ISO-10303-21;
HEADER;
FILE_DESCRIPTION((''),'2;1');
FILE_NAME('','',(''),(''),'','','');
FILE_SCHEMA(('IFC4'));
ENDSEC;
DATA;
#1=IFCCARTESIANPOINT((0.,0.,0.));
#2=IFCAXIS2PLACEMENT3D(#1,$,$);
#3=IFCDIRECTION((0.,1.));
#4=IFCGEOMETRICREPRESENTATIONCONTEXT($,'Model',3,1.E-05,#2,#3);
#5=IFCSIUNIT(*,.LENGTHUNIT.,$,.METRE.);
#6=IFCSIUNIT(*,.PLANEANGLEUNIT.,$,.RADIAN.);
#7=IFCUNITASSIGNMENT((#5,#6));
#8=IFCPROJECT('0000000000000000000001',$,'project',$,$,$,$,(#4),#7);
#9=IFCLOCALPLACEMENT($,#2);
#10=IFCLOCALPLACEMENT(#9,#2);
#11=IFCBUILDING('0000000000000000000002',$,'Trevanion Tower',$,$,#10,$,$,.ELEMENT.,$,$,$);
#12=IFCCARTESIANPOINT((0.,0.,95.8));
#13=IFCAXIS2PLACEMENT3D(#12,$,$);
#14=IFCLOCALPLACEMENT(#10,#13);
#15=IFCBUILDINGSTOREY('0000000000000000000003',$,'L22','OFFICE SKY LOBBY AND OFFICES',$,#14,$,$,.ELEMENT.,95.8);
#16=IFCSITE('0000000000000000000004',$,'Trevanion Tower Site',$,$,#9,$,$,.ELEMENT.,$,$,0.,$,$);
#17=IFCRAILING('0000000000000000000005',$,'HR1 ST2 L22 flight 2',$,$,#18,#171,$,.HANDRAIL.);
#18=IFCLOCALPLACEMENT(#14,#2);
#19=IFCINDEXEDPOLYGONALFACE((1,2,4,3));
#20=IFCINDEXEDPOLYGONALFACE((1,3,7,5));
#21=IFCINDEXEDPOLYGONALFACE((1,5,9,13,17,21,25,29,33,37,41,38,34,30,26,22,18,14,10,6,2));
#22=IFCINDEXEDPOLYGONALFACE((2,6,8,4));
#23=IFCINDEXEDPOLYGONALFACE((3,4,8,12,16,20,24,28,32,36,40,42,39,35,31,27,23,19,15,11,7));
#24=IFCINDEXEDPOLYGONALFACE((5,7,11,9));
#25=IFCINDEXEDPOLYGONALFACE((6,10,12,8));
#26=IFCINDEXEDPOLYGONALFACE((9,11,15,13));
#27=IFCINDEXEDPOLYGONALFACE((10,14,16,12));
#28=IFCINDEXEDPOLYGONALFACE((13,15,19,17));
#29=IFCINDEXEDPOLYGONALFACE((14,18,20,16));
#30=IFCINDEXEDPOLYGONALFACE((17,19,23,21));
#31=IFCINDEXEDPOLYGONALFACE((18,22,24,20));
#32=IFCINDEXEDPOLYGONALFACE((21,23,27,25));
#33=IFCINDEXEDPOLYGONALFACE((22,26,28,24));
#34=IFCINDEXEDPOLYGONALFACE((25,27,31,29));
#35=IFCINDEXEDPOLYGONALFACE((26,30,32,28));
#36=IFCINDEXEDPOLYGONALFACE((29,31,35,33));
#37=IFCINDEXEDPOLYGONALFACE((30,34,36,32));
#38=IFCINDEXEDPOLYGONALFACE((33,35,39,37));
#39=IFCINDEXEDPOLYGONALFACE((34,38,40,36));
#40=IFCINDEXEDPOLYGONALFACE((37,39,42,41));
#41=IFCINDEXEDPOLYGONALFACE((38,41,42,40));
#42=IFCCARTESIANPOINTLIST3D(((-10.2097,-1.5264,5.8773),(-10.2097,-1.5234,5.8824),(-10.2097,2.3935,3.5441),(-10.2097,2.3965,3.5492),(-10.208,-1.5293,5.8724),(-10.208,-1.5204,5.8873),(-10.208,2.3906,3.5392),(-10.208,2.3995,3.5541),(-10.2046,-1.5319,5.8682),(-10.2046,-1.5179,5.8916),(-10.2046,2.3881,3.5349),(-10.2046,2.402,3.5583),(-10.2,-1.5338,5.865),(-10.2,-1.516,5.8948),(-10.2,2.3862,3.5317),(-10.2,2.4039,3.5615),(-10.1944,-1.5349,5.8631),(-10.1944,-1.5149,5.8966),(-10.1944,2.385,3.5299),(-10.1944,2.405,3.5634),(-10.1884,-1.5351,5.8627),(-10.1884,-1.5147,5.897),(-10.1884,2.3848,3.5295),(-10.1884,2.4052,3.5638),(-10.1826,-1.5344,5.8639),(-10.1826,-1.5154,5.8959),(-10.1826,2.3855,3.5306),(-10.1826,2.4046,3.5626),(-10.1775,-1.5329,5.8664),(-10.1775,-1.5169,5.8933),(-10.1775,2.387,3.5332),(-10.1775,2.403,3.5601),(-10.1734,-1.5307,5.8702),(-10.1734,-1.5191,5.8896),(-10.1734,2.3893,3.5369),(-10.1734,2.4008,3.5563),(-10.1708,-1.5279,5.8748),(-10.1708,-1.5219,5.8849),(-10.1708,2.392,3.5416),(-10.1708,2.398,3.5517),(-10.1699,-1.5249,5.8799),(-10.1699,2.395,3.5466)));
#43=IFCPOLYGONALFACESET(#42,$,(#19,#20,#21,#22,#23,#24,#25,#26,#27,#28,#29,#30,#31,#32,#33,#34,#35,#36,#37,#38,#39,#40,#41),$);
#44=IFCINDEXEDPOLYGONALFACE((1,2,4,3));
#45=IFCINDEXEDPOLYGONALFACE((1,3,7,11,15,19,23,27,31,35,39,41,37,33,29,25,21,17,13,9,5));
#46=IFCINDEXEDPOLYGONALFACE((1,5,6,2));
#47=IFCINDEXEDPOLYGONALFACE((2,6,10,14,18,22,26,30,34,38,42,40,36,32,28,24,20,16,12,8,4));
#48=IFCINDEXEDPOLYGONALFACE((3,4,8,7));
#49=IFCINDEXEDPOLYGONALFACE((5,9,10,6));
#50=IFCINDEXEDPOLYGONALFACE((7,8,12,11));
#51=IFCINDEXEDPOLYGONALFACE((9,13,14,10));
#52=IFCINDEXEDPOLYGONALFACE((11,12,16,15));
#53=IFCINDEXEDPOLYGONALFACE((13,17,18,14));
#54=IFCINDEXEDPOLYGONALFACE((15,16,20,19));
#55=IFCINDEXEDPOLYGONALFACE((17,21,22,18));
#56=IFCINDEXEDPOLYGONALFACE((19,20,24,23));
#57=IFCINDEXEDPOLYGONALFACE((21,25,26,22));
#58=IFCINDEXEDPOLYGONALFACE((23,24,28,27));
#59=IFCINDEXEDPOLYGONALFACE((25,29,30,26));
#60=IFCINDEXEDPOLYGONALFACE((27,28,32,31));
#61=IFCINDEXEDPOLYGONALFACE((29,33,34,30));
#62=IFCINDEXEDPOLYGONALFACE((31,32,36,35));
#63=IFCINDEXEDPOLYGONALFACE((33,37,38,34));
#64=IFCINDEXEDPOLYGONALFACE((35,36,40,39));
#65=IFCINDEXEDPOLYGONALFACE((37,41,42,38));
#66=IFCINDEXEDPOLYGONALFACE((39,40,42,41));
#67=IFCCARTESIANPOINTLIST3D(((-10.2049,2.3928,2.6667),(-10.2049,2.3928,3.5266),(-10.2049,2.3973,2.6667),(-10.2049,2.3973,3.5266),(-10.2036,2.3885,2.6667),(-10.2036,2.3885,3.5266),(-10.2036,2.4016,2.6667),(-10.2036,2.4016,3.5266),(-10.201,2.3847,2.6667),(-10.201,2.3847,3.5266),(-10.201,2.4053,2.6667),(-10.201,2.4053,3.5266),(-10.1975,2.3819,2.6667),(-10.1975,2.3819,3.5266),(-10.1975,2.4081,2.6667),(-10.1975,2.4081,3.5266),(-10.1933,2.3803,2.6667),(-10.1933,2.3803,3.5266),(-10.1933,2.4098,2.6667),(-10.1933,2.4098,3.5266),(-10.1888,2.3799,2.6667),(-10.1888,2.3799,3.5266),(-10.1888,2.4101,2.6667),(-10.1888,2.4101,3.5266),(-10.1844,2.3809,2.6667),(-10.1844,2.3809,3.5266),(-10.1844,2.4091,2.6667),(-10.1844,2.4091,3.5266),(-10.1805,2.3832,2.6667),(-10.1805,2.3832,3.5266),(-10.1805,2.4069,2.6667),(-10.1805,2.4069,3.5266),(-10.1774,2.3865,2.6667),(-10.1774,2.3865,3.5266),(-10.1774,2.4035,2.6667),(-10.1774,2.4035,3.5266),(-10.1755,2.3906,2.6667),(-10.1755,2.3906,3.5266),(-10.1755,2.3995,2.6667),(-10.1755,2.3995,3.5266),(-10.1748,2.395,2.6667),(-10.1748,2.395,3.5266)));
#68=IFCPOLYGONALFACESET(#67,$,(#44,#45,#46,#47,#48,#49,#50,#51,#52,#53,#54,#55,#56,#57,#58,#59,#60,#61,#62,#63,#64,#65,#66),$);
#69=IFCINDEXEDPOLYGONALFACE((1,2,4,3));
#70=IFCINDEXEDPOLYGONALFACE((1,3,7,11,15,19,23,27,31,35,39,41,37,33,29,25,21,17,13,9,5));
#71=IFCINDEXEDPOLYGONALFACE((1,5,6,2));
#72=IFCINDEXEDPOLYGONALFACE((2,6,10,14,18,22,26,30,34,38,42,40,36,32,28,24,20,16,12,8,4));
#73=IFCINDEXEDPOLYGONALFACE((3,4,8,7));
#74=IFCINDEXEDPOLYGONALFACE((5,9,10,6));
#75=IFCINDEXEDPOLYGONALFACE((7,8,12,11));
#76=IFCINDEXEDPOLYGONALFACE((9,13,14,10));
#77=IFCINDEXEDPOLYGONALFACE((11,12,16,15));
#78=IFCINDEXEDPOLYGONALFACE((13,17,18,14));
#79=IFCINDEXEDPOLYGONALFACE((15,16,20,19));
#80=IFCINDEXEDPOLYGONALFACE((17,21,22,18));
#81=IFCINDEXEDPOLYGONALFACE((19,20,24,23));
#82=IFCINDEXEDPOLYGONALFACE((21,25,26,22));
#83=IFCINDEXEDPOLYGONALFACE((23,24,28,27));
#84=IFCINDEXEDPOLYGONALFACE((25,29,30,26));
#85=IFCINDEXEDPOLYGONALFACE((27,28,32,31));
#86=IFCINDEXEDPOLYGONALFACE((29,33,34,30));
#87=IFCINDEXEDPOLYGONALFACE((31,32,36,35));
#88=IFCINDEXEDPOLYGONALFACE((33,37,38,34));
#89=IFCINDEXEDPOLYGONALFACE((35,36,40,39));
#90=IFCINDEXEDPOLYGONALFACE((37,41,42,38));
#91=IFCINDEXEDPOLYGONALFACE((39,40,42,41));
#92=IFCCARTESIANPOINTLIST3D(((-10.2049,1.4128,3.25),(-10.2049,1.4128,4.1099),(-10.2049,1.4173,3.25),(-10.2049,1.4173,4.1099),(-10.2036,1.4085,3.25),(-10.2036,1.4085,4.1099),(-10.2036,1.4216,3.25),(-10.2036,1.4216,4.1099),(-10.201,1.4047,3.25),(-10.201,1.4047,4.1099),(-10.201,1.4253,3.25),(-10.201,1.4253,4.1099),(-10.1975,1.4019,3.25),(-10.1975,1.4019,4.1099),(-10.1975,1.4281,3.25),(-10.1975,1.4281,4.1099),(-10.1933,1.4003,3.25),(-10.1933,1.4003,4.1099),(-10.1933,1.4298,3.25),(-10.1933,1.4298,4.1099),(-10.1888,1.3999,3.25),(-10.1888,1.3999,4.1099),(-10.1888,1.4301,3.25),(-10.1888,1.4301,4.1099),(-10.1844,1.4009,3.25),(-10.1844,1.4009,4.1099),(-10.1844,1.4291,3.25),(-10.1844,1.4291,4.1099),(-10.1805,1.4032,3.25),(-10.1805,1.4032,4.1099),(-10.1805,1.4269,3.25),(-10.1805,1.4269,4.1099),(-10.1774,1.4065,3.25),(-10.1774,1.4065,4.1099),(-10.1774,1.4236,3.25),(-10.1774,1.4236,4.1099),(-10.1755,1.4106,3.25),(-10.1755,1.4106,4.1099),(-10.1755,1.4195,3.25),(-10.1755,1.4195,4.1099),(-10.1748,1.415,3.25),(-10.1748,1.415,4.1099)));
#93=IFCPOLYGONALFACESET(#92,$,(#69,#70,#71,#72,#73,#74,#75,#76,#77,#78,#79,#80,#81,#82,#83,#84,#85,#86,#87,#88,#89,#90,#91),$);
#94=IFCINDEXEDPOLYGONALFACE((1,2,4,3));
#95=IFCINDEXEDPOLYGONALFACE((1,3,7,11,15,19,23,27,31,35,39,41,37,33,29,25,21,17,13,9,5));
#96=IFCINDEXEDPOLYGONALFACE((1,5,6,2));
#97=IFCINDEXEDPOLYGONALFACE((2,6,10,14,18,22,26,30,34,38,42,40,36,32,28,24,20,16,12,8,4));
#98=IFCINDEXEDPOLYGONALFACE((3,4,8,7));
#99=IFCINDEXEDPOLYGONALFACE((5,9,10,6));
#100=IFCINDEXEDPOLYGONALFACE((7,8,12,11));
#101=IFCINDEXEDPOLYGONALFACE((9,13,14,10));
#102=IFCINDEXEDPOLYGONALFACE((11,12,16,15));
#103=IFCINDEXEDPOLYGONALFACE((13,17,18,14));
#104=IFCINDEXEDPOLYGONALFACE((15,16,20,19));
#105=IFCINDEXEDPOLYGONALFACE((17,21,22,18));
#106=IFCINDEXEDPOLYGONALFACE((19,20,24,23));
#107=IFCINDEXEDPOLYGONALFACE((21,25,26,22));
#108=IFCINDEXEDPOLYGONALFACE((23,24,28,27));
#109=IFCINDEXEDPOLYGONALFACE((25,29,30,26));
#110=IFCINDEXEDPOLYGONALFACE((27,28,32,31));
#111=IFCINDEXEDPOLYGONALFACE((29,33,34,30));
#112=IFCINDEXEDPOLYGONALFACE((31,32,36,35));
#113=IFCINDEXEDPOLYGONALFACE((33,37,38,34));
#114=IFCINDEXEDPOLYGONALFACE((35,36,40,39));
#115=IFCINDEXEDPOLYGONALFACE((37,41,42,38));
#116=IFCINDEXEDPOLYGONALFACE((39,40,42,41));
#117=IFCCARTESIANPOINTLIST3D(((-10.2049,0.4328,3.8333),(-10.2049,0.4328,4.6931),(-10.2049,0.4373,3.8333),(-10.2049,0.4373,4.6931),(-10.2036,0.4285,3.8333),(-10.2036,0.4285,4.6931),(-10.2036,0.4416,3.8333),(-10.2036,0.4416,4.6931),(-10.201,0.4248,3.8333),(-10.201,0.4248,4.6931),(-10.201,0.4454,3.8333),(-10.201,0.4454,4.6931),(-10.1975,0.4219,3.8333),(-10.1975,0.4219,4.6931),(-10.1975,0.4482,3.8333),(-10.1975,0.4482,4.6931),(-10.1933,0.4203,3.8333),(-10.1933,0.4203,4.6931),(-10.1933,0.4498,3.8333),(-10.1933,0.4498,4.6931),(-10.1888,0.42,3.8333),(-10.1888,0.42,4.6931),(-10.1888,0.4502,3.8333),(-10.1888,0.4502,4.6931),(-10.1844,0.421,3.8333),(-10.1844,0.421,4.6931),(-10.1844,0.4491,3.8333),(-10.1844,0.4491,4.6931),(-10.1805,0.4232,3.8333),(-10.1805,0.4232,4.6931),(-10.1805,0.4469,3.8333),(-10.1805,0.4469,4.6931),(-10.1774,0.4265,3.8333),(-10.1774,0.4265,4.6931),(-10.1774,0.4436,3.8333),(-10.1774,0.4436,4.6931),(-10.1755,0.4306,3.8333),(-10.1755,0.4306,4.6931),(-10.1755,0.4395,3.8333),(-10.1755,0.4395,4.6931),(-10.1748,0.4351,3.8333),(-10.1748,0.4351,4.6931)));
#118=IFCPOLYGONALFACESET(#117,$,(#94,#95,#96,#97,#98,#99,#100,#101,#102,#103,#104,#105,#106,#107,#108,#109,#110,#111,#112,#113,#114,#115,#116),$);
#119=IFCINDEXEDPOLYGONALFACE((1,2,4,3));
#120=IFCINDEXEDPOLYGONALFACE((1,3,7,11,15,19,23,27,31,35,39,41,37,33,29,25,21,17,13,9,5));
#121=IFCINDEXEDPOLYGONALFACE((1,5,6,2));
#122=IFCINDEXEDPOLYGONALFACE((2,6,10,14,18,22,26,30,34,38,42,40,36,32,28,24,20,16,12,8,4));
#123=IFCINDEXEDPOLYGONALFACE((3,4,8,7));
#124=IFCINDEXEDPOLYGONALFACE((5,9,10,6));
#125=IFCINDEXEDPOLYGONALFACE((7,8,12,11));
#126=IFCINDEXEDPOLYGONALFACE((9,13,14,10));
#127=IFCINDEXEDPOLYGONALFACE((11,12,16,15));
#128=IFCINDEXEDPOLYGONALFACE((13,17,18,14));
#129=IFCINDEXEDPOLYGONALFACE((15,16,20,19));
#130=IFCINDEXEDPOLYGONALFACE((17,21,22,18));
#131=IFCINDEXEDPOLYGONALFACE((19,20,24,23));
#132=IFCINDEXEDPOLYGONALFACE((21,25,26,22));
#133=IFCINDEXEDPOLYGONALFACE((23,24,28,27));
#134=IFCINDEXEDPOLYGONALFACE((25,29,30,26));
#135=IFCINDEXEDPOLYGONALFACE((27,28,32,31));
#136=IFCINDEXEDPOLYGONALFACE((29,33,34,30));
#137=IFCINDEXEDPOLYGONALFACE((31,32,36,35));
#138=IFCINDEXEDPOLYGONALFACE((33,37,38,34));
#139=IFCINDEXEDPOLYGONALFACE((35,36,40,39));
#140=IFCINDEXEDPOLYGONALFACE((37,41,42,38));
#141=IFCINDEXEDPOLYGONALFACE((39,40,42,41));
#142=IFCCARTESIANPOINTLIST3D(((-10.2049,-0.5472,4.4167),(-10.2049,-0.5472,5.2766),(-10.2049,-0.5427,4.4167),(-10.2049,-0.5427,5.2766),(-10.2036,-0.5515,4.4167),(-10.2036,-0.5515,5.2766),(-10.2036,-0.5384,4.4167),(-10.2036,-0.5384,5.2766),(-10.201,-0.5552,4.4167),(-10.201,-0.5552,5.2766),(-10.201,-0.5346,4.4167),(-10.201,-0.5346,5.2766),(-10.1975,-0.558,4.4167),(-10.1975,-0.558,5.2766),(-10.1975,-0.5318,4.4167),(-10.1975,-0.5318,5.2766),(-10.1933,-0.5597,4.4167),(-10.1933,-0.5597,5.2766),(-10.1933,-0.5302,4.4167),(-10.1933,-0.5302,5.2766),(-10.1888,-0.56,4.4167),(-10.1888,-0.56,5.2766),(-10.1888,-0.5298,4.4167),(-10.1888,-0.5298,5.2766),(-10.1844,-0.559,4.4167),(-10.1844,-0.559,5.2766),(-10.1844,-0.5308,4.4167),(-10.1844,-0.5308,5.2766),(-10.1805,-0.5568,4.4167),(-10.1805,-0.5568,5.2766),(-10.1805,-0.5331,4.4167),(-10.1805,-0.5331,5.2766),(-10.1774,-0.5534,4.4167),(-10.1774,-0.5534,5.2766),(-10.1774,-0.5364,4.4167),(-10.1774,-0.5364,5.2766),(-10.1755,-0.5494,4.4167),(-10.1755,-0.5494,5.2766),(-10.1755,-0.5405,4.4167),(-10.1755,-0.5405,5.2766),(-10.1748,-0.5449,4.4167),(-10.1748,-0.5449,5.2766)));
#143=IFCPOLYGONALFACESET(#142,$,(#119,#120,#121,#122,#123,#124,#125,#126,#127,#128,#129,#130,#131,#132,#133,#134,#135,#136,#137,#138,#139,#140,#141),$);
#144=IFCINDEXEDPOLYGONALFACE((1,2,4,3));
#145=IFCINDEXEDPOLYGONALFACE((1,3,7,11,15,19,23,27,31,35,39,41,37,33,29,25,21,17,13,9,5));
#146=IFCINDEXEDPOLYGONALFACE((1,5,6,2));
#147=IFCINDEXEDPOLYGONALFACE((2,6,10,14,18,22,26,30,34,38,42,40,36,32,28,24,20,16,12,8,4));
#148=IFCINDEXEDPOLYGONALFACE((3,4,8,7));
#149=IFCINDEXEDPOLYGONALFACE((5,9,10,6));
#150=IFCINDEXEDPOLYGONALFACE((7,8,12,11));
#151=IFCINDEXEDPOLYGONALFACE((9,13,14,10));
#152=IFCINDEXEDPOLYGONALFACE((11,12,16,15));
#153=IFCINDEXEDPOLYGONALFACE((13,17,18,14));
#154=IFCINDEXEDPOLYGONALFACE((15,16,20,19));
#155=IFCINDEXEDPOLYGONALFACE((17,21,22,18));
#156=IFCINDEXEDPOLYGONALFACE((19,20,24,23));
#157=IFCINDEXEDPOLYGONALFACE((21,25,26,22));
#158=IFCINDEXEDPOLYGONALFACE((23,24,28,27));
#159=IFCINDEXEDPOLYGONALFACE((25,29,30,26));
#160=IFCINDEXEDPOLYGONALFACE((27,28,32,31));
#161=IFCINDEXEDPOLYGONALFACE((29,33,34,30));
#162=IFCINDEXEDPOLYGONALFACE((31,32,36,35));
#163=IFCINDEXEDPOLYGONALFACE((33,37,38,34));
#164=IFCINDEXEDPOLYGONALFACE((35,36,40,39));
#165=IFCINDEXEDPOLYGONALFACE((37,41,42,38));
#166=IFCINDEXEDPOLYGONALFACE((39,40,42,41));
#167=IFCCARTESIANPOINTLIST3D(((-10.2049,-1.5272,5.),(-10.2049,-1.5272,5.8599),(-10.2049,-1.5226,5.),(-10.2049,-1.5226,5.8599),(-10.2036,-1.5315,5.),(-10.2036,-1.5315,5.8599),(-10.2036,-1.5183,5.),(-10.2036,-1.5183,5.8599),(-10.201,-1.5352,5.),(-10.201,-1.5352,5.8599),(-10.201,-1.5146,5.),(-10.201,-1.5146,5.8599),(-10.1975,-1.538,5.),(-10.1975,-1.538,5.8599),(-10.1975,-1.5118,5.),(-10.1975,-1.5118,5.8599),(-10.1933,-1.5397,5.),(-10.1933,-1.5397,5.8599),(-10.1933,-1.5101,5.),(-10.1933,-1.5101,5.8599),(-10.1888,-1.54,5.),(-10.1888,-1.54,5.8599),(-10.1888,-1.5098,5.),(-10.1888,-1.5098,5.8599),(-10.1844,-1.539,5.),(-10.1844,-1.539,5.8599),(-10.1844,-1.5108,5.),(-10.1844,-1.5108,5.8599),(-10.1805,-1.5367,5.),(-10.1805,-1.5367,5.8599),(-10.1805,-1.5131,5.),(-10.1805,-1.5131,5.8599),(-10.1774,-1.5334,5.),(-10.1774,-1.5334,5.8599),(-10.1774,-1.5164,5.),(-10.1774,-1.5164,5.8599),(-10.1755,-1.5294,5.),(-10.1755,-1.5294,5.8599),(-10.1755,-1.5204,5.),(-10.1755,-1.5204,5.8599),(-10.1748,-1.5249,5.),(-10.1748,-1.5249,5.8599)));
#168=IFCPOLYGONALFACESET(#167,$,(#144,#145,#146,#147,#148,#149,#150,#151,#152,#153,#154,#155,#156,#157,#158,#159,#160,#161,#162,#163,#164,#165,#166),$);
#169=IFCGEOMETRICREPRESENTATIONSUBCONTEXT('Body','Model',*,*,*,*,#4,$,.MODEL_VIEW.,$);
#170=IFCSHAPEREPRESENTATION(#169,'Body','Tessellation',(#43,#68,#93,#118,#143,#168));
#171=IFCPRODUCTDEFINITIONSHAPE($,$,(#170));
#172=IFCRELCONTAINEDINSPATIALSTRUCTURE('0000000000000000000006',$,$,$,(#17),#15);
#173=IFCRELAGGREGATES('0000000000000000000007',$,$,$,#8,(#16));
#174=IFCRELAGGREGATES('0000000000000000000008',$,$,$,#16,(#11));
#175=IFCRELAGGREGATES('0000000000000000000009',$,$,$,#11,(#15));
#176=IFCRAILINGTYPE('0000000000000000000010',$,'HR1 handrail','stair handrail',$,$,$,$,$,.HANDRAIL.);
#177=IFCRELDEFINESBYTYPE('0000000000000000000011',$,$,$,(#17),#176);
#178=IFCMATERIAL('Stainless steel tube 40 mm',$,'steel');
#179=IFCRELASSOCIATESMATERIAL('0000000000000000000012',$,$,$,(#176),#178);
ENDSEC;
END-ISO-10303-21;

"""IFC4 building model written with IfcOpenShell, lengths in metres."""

from ifc_helpers import new_model, si_unit, direction, frame, origin, origin_2d, place, context, subcontext, project, spatial, circle, extrude, material, type_object, element, save


model = new_model("IFC4")

# Units and contexts
model_context = context("Model", 3, precision=1e-05, world=origin(), true_north=direction((0.0, 1.0)))
body_context = subcontext(model_context, "Body", "Model", "MODEL_VIEW")
ifc_project = project(units=[si_unit("LENGTHUNIT", "METRE"), si_unit("PLANEANGLEUNIT", "RADIAN")], contexts=[model_context])

# Site, building, storey
site_placement = place(None, origin())
site = spatial("IfcSite", under=ifc_project, at=site_placement, Name="Trevanion Tower Site", CompositionType="ELEMENT", RefElevation=0.0)
building_placement = place(site_placement, origin())
building = spatial("IfcBuilding", under=site, at=building_placement, Name="Trevanion Tower", CompositionType="ELEMENT")
storey_placement = place(building_placement, frame((0.0, 0.0, 95.8)))
storey = spatial("IfcBuildingStorey", under=building, at=storey_placement, Name="L22", Description="OFFICE SKY LOBBY AND OFFICES", CompositionType="ELEMENT", Elevation=95.8)

# Railing
ifc_material_1 = material(Name="Stainless steel tube 40 mm", Category="steel")
railing_type = type_object("IfcRailingType", Name="HR1 handrail", Description="stair handrail", PredefinedType="HANDRAIL", material=ifc_material_1)
for number, where, name in (
    (1, (-10.1899, 2.395, 2.6667), "HR1 ST2 L22 flight 2"),
):
    element("IfcRailing", number, at=place(storey_placement, frame(where)), inside=storey, type_object=railing_type, Name=name, PredefinedType="HANDRAIL", context=body_context, shape_type="SweptSolid", body=[
        extrude(circle(Radius=0.02, at=origin_2d()), frame((0.0, 0.0, 0.8799), z_axis=(0.0, -0.859296, 0.511478), x_axis=(1.0, 0.0, 0.0)), (0.0, 0.0, 1.0), 4.5618),
        extrude(circle(Radius=0.0151, at=origin_2d()), origin(), (0.0, 0.0, 1.0), 0.8599),
        extrude(circle(Radius=0.0151, at=origin_2d()), frame((0.0, -0.98, 0.5833)), (0.0, 0.0, 1.0), 0.8599),
        extrude(circle(Radius=0.0151, at=origin_2d()), frame((0.0, -1.96, 1.1665)), (0.0, 0.0, 1.0), 0.8599),
        extrude(circle(Radius=0.0151, at=origin_2d()), frame((0.0, -2.9399, 1.75)), (0.0, 0.0, 1.0), 0.8599),
        extrude(circle(Radius=0.0151, at=origin_2d()), frame((0.0, -3.9199, 2.3333)), (0.0, 0.0, 1.0), 0.8599),
    ])

save(model, "model.ifc")
